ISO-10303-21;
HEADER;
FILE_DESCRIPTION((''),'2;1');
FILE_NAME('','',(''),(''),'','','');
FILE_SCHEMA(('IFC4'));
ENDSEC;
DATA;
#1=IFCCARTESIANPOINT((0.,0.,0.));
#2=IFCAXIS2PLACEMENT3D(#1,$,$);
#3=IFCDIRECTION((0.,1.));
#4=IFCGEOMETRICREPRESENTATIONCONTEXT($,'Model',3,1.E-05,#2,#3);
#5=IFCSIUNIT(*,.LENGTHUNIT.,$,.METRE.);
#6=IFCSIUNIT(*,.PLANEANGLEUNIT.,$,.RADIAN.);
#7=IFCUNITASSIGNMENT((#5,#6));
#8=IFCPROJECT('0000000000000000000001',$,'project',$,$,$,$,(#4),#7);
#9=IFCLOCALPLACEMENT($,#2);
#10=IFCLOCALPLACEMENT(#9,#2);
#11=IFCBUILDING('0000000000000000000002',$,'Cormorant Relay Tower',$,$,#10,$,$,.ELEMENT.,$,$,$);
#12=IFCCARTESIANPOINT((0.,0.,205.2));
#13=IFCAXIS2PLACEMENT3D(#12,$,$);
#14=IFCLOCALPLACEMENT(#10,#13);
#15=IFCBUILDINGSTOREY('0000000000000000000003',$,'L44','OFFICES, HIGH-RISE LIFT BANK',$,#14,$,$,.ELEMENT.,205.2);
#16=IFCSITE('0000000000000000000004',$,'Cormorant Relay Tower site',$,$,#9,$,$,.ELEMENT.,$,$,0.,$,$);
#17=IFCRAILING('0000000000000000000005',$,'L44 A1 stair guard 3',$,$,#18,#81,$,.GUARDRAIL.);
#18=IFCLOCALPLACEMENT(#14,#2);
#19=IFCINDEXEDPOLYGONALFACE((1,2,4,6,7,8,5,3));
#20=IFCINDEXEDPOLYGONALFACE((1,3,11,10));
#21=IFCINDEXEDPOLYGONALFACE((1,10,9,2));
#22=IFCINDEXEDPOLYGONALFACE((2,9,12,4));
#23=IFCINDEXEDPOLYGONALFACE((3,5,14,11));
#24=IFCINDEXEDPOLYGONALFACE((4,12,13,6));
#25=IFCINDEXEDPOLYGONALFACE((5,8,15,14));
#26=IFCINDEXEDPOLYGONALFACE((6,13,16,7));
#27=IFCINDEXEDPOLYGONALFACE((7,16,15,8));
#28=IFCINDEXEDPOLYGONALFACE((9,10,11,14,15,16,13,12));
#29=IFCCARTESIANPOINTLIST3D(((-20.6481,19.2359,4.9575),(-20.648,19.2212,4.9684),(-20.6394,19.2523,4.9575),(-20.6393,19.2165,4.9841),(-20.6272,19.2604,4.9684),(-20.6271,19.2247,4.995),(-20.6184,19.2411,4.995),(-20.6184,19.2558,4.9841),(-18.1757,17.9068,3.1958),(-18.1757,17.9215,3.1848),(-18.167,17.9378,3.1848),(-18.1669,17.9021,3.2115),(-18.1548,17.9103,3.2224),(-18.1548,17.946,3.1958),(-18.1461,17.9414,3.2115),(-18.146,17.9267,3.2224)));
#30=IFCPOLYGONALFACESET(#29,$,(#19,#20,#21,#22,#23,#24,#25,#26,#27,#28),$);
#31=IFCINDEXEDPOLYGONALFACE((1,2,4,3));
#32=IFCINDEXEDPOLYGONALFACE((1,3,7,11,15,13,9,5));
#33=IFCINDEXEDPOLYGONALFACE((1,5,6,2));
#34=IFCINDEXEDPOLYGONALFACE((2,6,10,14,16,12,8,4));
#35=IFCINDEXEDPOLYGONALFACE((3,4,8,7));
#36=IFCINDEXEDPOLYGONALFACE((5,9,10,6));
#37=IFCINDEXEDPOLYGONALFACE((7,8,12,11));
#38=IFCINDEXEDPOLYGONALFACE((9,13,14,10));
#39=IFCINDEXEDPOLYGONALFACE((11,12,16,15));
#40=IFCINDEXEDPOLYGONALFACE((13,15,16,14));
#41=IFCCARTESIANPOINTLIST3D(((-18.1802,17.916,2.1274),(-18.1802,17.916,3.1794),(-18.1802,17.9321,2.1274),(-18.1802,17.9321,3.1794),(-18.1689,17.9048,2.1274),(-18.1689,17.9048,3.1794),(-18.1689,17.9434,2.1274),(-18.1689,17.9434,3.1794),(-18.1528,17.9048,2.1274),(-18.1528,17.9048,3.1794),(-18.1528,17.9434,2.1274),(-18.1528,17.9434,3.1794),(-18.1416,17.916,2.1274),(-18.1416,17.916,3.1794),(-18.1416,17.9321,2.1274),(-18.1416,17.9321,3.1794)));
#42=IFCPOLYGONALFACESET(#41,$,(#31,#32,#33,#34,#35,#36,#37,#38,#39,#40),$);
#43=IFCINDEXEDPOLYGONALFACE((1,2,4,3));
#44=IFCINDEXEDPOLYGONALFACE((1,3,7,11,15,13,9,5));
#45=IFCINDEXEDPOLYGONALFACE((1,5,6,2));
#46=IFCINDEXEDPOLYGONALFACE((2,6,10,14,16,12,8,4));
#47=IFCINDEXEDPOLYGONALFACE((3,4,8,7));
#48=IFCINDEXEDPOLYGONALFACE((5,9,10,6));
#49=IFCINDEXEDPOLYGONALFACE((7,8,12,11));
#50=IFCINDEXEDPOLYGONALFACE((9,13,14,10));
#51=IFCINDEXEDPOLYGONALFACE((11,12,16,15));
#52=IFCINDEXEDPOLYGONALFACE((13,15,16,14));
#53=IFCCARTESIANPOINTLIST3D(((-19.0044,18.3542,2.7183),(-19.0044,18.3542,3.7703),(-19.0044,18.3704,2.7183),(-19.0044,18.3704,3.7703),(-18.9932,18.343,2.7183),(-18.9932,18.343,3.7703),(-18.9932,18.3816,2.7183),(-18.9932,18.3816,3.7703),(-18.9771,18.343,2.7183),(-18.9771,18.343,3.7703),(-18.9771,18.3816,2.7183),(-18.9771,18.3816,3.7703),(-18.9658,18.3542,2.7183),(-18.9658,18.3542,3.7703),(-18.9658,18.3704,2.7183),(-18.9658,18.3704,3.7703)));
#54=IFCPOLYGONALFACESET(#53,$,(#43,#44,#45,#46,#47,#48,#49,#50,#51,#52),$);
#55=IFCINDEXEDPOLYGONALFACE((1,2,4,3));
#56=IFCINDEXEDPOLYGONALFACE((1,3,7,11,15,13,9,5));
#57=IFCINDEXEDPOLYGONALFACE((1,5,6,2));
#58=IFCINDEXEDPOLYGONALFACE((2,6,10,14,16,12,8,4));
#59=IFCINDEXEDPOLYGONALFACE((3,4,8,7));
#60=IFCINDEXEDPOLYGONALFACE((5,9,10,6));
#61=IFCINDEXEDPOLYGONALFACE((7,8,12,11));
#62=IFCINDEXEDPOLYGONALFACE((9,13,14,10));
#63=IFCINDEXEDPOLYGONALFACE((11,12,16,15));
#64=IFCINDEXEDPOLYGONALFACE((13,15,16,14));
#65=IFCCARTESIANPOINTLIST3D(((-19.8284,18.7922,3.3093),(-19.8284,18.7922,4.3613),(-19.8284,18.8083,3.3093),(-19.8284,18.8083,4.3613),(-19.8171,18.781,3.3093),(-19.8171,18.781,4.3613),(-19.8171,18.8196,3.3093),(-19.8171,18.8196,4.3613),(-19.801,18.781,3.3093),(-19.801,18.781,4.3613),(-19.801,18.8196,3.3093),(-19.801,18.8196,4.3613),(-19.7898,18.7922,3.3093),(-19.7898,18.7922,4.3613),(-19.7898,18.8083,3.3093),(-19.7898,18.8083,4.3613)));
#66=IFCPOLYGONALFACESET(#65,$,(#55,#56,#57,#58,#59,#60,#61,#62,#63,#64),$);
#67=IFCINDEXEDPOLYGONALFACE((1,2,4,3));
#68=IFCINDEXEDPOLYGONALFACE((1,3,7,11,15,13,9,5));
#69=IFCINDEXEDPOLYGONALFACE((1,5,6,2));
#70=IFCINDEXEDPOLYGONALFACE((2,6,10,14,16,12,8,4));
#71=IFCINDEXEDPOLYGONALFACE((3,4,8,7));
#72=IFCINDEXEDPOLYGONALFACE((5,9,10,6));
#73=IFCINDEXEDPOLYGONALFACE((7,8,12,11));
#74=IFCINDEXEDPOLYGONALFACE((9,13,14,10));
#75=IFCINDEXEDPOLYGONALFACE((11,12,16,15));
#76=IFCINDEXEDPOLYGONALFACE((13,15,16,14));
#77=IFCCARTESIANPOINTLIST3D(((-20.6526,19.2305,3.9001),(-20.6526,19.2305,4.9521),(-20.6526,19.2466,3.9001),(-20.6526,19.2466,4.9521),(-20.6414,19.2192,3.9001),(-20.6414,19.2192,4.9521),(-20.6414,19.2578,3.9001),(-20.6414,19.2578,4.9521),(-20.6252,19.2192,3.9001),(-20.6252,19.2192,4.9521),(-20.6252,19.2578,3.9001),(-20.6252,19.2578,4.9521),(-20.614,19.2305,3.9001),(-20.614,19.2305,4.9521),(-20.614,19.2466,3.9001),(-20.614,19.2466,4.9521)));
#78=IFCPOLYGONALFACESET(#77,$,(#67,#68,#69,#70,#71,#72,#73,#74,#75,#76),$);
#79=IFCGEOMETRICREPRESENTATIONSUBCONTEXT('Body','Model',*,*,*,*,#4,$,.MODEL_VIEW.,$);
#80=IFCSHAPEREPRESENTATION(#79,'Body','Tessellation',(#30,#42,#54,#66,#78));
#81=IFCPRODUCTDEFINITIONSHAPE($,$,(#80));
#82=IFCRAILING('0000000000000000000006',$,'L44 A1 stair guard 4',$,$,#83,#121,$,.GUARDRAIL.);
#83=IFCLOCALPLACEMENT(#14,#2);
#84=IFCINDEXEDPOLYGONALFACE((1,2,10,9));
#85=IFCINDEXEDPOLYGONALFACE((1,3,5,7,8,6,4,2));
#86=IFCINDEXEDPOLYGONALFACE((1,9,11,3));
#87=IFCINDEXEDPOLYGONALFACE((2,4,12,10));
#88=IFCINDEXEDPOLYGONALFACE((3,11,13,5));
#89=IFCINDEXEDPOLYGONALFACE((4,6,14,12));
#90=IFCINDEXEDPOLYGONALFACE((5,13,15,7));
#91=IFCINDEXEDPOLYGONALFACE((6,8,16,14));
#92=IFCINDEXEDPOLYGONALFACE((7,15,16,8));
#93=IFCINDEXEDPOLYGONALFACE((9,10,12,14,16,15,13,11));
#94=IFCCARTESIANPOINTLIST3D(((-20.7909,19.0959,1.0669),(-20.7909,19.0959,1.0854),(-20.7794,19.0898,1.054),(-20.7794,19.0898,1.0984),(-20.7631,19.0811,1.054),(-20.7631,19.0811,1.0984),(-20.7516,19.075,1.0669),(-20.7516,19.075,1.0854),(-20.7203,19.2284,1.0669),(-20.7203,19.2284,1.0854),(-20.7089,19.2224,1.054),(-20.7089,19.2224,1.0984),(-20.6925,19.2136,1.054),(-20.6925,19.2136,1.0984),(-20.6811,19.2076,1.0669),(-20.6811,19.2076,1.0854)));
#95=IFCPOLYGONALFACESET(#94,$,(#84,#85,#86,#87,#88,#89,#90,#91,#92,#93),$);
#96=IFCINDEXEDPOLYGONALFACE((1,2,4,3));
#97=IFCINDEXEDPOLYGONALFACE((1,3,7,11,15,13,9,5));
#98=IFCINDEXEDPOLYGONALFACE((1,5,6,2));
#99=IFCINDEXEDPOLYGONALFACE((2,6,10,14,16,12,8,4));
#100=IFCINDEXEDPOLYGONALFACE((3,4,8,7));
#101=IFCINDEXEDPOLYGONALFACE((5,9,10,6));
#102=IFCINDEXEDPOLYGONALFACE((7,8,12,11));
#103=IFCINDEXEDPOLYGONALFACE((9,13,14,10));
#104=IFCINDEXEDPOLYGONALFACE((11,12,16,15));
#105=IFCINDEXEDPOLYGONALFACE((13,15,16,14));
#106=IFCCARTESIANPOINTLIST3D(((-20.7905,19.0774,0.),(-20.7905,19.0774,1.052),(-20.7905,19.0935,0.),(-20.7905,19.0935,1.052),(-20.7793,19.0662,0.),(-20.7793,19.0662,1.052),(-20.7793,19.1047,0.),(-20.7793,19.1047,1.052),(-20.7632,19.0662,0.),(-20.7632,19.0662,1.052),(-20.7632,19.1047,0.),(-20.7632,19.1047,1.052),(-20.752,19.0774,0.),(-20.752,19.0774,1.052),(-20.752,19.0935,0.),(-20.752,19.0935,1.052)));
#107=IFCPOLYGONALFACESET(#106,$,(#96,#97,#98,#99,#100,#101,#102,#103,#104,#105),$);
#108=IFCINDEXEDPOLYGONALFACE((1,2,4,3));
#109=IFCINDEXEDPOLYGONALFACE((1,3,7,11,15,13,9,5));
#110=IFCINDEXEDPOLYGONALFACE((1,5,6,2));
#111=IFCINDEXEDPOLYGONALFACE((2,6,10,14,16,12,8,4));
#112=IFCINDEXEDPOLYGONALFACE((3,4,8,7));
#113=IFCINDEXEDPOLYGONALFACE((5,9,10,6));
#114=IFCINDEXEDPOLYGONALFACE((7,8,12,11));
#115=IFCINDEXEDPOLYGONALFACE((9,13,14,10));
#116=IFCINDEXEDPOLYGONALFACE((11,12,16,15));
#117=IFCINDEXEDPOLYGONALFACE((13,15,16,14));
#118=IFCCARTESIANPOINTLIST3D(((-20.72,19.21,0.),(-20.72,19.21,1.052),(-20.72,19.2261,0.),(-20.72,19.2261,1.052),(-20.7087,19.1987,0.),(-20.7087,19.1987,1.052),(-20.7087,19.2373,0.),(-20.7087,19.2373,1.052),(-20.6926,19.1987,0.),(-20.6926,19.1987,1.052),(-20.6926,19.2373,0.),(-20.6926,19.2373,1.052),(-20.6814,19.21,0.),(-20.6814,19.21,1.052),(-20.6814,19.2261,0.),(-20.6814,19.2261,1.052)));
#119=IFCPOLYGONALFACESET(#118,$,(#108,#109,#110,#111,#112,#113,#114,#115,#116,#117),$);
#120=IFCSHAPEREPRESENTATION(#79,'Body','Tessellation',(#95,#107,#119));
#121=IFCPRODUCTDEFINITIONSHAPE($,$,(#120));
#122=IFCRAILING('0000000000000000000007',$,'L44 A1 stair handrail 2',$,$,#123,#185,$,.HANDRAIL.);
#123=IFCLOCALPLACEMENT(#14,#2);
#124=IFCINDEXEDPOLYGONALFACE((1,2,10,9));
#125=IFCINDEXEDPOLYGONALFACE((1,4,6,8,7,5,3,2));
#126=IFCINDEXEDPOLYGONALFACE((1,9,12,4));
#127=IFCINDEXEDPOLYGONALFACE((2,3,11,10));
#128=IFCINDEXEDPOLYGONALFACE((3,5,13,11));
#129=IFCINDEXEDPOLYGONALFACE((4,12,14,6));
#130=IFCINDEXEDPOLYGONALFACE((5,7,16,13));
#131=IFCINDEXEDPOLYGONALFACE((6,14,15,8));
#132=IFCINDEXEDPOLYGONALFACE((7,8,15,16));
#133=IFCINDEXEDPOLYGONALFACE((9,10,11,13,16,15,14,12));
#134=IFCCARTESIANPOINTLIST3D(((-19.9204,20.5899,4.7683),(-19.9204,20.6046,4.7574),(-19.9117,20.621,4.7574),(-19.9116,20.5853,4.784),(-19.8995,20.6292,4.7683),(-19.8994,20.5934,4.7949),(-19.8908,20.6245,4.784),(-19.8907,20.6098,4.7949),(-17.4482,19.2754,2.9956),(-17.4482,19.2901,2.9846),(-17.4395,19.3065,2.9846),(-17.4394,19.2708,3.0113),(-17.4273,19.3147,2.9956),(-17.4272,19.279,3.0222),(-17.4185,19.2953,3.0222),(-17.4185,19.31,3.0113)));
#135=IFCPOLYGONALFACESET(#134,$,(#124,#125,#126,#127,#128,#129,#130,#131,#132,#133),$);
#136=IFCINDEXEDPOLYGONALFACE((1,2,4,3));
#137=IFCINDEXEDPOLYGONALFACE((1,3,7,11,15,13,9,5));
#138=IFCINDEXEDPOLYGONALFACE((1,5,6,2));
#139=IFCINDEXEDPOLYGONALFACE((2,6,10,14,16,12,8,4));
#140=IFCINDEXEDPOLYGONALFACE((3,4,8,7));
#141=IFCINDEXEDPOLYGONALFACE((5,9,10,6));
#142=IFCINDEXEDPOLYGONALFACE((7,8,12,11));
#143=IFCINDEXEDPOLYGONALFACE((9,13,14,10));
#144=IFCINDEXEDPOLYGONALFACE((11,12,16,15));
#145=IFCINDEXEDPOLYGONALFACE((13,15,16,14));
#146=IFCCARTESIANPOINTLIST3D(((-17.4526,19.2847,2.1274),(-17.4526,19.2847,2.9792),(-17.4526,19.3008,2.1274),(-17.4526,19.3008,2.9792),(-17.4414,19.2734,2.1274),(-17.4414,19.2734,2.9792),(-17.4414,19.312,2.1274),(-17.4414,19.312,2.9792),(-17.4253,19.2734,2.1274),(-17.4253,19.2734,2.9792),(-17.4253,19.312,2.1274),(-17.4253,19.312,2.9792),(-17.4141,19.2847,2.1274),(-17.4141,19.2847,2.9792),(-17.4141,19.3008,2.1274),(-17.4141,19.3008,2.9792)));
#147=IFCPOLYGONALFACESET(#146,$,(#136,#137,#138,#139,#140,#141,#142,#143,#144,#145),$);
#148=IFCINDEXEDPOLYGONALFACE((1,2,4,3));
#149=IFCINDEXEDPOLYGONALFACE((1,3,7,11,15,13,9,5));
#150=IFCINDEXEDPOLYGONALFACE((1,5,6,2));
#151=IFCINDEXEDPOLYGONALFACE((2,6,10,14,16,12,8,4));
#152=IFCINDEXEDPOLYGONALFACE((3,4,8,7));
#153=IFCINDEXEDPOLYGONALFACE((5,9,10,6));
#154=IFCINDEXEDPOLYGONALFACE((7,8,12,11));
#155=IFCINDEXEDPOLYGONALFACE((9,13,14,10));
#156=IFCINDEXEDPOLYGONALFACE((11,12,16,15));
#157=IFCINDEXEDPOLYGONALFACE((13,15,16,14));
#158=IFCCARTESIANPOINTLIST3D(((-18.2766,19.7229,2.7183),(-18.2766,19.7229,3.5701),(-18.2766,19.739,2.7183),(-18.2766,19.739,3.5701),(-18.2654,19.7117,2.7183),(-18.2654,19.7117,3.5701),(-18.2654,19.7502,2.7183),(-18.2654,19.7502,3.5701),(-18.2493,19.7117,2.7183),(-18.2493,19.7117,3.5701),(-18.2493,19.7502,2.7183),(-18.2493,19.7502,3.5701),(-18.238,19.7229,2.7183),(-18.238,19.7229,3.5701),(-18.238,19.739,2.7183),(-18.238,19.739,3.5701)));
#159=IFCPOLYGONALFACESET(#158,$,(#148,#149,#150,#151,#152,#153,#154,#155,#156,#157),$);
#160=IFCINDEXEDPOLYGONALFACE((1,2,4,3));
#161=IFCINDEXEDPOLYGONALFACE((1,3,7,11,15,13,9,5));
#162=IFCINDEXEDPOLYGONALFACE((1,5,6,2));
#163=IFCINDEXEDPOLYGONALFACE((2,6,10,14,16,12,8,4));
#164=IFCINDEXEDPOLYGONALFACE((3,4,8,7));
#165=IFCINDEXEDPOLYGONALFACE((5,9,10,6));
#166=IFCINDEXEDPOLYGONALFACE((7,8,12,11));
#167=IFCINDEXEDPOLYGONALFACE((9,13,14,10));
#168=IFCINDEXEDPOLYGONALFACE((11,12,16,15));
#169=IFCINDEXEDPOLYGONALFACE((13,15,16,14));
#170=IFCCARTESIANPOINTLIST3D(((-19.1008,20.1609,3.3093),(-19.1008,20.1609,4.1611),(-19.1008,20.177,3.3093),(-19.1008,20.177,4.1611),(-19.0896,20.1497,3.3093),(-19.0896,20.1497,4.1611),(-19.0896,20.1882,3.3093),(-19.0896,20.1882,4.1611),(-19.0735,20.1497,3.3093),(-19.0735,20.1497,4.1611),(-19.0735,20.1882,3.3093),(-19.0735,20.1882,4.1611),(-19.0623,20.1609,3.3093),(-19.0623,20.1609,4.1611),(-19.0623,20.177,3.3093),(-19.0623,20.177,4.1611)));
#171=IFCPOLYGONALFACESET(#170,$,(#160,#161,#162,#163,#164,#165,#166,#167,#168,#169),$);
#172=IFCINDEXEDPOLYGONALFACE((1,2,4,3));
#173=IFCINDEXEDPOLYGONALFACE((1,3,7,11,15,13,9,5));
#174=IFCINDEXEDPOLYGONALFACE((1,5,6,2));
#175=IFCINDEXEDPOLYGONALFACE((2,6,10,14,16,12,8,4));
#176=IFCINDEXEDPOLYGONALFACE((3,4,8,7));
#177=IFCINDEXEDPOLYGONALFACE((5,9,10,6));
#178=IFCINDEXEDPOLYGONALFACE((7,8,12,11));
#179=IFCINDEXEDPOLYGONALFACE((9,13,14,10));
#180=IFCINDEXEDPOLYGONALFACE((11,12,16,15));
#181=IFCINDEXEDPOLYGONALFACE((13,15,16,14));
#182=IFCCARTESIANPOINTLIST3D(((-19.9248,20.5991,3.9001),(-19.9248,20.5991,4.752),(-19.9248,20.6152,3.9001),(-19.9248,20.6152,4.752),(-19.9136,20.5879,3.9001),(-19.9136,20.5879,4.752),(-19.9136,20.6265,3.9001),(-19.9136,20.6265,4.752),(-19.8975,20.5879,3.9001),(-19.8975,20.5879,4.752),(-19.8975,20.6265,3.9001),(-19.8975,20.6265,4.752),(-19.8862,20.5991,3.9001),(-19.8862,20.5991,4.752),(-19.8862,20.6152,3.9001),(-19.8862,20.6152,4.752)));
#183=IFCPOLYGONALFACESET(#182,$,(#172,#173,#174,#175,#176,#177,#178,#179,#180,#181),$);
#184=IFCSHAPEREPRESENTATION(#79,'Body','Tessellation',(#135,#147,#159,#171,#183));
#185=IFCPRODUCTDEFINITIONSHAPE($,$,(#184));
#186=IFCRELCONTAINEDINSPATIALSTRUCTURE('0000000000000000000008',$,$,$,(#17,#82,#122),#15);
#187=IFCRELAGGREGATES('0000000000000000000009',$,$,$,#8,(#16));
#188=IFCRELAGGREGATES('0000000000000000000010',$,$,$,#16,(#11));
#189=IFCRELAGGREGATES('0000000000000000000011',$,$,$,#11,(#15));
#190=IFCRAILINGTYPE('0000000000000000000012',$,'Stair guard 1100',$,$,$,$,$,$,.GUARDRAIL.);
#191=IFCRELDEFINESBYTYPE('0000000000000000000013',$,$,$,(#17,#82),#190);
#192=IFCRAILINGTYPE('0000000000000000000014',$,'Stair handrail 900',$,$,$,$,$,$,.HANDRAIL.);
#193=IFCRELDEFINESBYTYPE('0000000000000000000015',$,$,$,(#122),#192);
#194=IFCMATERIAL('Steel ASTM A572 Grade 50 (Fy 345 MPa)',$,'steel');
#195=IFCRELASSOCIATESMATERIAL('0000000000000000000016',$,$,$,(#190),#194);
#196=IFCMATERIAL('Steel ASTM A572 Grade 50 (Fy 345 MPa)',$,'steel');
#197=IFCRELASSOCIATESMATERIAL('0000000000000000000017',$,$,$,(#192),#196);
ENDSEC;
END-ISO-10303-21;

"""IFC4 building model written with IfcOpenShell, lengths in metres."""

from ifc_helpers import new_model, si_unit, direction, frame, origin, place, context, subcontext, project, spatial, polyline, outline, extrude, material, type_object, element, save


model = new_model("IFC4")

# Units and contexts
model_context = context("Model", 3, precision=1e-05, world=origin(), true_north=direction((0.0, 1.0)))
body_context = subcontext(model_context, "Body", "Model", "MODEL_VIEW")
ifc_project = project(units=[si_unit("LENGTHUNIT", "METRE"), si_unit("PLANEANGLEUNIT", "RADIAN")], contexts=[model_context])

# Site, building, storey
site_placement = place(None, origin())
site = spatial("IfcSite", under=ifc_project, at=site_placement, Name="Cormorant Relay Tower site", CompositionType="ELEMENT", RefElevation=0.0)
building_placement = place(site_placement, origin())
building = spatial("IfcBuilding", under=site, at=building_placement, Name="Cormorant Relay Tower", CompositionType="ELEMENT")
storey_placement = place(building_placement, frame((0.0, 0.0, 205.2)))
storey = spatial("IfcBuildingStorey", under=building, at=storey_placement, Name="L44", Description="OFFICES, HIGH-RISE LIFT BANK", CompositionType="ELEMENT", Elevation=205.2)

# Railings
ifc_material_1 = material(Name="Steel ASTM A572 Grade 50 (Fy 345 MPa)", Category="steel")
railing_type_1 = type_object("IfcRailingType", Name="Stair guard 1100", PredefinedType="GUARDRAIL", material=ifc_material_1)
railing_1_placement = place(storey_placement, frame((-18.1609, 17.9241, 2.1274)))
element("IfcRailing", 1, at=railing_1_placement, inside=storey, type_object=railing_type_1, Name="L44 A1 stair guard 3", PredefinedType="GUARDRAIL", context=body_context, shape_type="SweptSolid", body=[
    extrude(outline(polyline([(0.0222, 0.0093), (0.0093, 0.0222), (-0.0093, 0.0222), (-0.0222, 0.0093), (-0.0222, -0.0093), (-0.0093, -0.0222), (0.0093, -0.0222), (0.0222, -0.0093), (0.0222, 0.0093)])), frame((0.0, 0.0, 1.0762), z_axis=(-0.746034, 0.396627, 0.534902), x_axis=(-0.469429, -0.88297, 0.0)), (0.0, 0.0, 1.0), 3.314),
    extrude(outline(polyline([(0.0193, 0.0081), (0.0081, 0.0193), (-0.0081, 0.0193), (-0.0193, 0.0081), (-0.0193, -0.0081), (-0.0081, -0.0193), (0.0081, -0.0193), (0.0193, -0.0081), (0.0193, 0.0081)])), origin(), (0.0, 0.0, 1.0), 1.052),
    extrude(outline(polyline([(0.0193, 0.0081), (0.0081, 0.0193), (-0.0081, 0.0193), (-0.0193, 0.0081), (-0.0193, -0.0081), (-0.0081, -0.0193), (0.0081, -0.0193), (0.0193, -0.0081), (0.0193, 0.0081)])), frame((-0.8242, 0.4382, 0.5908)), (0.0, 0.0, 1.0), 1.052),
    extrude(outline(polyline([(0.0193, 0.0081), (0.0081, 0.0193), (-0.0081, 0.0193), (-0.0193, 0.0081), (-0.0193, -0.0081), (-0.0081, -0.0193), (0.0081, -0.0193), (0.0193, -0.0081), (0.0193, 0.0081)])), frame((-1.6482, 0.8762, 1.1819)), (0.0, 0.0, 1.0), 1.052),
    extrude(outline(polyline([(0.0193, 0.0081), (0.0081, 0.0193), (-0.0081, 0.0193), (-0.0193, 0.0081), (-0.0193, -0.0081), (-0.0081, -0.0193), (0.0081, -0.0193), (0.0193, -0.0081), (0.0193, 0.0081)])), frame((-2.4724, 1.3145, 1.7727)), (0.0, 0.0, 1.0), 1.052),
])
railing_2_placement = place(storey_placement, frame((-20.7712, 19.0854, 0.0)))
element("IfcRailing", 2, at=railing_2_placement, inside=storey, type_object=railing_type_1, Name="L44 A1 stair guard 4", PredefinedType="GUARDRAIL", context=body_context, shape_type="SweptSolid", body=[
    extrude(outline(polyline([(0.0222, 0.0093), (0.0093, 0.0222), (-0.0093, 0.0222), (-0.0222, 0.0093), (-0.0222, -0.0093), (-0.0093, -0.0222), (0.0093, -0.0222), (0.0222, -0.0093), (0.0222, 0.0093)])), frame((0.0, 0.0, 1.0762), z_axis=(0.469829, 0.882758, 0.0), x_axis=(-0.882758, 0.469829, 0.0)), (0.0, 0.0, 1.0), 0.1501),
    extrude(outline(polyline([(0.0193, 0.0081), (0.0081, 0.0193), (-0.0081, 0.0193), (-0.0193, 0.0081), (-0.0193, -0.0081), (-0.0081, -0.0193), (0.0081, -0.0193), (0.0193, -0.0081), (0.0193, 0.0081)])), origin(), (0.0, 0.0, 1.0), 1.052),
    extrude(outline(polyline([(0.0193, 0.0081), (0.0081, 0.0193), (-0.0081, 0.0193), (-0.0193, 0.0081), (-0.0193, -0.0081), (-0.0081, -0.0193), (0.0081, -0.0193), (0.0193, -0.0081), (0.0193, 0.0081)])), frame((0.0706, 0.1326, 0.0)), (0.0, 0.0, 1.0), 1.052),
])
ifc_material_2 = material(Name="Steel ASTM A572 Grade 50 (Fy 345 MPa)", Category="steel")
railing_type_2 = type_object("IfcRailingType", Name="Stair handrail 900", PredefinedType="HANDRAIL", material=ifc_material_2)
railing_3_placement = place(storey_placement, frame((-17.4333, 19.2927, 2.1274)))
element("IfcRailing", 3, at=railing_3_placement, inside=storey, type_object=railing_type_2, Name="L44 A1 stair handrail 2", PredefinedType="HANDRAIL", context=body_context, shape_type="SweptSolid", body=[
    extrude(outline(polyline([(0.0222, 0.0093), (0.0093, 0.0222), (-0.0093, 0.0222), (-0.0222, 0.0093), (-0.0222, -0.0093), (-0.0093, -0.0222), (0.0093, -0.0222), (0.0222, -0.0093), (0.0222, 0.0093)])), frame((0.0, 0.0, 0.876), z_axis=(-0.746001, 0.396649, 0.534931), x_axis=(-0.469465, -0.882951, 0.0)), (0.0, 0.0, 1.0), 3.314),
    extrude(outline(polyline([(0.0193, 0.0081), (0.0081, 0.0193), (-0.0081, 0.0193), (-0.0193, 0.0081), (-0.0193, -0.0081), (-0.0081, -0.0193), (0.0081, -0.0193), (0.0193, -0.0081), (0.0193, 0.0081)])), origin(), (0.0, 0.0, 1.0), 0.8518),
    extrude(outline(polyline([(0.0193, 0.0081), (0.0081, 0.0193), (-0.0081, 0.0193), (-0.0193, 0.0081), (-0.0193, -0.0081), (-0.0081, -0.0193), (0.0081, -0.0193), (0.0193, -0.0081), (0.0193, 0.0081)])), frame((-0.824, 0.4382, 0.5908)), (0.0, 0.0, 1.0), 0.8518),
    extrude(outline(polyline([(0.0193, 0.0081), (0.0081, 0.0193), (-0.0081, 0.0193), (-0.0193, 0.0081), (-0.0193, -0.0081), (-0.0081, -0.0193), (0.0081, -0.0193), (0.0193, -0.0081), (0.0193, 0.0081)])), frame((-1.6482, 0.8762, 1.1819)), (0.0, 0.0, 1.0), 0.8518),
    extrude(outline(polyline([(0.0193, 0.0081), (0.0081, 0.0193), (-0.0081, 0.0193), (-0.0193, 0.0081), (-0.0193, -0.0081), (-0.0081, -0.0193), (0.0081, -0.0193), (0.0193, -0.0081), (0.0193, 0.0081)])), frame((-2.4722, 1.3145, 1.7727)), (0.0, 0.0, 1.0), 0.8518),
])

save(model, "model.ifc")
